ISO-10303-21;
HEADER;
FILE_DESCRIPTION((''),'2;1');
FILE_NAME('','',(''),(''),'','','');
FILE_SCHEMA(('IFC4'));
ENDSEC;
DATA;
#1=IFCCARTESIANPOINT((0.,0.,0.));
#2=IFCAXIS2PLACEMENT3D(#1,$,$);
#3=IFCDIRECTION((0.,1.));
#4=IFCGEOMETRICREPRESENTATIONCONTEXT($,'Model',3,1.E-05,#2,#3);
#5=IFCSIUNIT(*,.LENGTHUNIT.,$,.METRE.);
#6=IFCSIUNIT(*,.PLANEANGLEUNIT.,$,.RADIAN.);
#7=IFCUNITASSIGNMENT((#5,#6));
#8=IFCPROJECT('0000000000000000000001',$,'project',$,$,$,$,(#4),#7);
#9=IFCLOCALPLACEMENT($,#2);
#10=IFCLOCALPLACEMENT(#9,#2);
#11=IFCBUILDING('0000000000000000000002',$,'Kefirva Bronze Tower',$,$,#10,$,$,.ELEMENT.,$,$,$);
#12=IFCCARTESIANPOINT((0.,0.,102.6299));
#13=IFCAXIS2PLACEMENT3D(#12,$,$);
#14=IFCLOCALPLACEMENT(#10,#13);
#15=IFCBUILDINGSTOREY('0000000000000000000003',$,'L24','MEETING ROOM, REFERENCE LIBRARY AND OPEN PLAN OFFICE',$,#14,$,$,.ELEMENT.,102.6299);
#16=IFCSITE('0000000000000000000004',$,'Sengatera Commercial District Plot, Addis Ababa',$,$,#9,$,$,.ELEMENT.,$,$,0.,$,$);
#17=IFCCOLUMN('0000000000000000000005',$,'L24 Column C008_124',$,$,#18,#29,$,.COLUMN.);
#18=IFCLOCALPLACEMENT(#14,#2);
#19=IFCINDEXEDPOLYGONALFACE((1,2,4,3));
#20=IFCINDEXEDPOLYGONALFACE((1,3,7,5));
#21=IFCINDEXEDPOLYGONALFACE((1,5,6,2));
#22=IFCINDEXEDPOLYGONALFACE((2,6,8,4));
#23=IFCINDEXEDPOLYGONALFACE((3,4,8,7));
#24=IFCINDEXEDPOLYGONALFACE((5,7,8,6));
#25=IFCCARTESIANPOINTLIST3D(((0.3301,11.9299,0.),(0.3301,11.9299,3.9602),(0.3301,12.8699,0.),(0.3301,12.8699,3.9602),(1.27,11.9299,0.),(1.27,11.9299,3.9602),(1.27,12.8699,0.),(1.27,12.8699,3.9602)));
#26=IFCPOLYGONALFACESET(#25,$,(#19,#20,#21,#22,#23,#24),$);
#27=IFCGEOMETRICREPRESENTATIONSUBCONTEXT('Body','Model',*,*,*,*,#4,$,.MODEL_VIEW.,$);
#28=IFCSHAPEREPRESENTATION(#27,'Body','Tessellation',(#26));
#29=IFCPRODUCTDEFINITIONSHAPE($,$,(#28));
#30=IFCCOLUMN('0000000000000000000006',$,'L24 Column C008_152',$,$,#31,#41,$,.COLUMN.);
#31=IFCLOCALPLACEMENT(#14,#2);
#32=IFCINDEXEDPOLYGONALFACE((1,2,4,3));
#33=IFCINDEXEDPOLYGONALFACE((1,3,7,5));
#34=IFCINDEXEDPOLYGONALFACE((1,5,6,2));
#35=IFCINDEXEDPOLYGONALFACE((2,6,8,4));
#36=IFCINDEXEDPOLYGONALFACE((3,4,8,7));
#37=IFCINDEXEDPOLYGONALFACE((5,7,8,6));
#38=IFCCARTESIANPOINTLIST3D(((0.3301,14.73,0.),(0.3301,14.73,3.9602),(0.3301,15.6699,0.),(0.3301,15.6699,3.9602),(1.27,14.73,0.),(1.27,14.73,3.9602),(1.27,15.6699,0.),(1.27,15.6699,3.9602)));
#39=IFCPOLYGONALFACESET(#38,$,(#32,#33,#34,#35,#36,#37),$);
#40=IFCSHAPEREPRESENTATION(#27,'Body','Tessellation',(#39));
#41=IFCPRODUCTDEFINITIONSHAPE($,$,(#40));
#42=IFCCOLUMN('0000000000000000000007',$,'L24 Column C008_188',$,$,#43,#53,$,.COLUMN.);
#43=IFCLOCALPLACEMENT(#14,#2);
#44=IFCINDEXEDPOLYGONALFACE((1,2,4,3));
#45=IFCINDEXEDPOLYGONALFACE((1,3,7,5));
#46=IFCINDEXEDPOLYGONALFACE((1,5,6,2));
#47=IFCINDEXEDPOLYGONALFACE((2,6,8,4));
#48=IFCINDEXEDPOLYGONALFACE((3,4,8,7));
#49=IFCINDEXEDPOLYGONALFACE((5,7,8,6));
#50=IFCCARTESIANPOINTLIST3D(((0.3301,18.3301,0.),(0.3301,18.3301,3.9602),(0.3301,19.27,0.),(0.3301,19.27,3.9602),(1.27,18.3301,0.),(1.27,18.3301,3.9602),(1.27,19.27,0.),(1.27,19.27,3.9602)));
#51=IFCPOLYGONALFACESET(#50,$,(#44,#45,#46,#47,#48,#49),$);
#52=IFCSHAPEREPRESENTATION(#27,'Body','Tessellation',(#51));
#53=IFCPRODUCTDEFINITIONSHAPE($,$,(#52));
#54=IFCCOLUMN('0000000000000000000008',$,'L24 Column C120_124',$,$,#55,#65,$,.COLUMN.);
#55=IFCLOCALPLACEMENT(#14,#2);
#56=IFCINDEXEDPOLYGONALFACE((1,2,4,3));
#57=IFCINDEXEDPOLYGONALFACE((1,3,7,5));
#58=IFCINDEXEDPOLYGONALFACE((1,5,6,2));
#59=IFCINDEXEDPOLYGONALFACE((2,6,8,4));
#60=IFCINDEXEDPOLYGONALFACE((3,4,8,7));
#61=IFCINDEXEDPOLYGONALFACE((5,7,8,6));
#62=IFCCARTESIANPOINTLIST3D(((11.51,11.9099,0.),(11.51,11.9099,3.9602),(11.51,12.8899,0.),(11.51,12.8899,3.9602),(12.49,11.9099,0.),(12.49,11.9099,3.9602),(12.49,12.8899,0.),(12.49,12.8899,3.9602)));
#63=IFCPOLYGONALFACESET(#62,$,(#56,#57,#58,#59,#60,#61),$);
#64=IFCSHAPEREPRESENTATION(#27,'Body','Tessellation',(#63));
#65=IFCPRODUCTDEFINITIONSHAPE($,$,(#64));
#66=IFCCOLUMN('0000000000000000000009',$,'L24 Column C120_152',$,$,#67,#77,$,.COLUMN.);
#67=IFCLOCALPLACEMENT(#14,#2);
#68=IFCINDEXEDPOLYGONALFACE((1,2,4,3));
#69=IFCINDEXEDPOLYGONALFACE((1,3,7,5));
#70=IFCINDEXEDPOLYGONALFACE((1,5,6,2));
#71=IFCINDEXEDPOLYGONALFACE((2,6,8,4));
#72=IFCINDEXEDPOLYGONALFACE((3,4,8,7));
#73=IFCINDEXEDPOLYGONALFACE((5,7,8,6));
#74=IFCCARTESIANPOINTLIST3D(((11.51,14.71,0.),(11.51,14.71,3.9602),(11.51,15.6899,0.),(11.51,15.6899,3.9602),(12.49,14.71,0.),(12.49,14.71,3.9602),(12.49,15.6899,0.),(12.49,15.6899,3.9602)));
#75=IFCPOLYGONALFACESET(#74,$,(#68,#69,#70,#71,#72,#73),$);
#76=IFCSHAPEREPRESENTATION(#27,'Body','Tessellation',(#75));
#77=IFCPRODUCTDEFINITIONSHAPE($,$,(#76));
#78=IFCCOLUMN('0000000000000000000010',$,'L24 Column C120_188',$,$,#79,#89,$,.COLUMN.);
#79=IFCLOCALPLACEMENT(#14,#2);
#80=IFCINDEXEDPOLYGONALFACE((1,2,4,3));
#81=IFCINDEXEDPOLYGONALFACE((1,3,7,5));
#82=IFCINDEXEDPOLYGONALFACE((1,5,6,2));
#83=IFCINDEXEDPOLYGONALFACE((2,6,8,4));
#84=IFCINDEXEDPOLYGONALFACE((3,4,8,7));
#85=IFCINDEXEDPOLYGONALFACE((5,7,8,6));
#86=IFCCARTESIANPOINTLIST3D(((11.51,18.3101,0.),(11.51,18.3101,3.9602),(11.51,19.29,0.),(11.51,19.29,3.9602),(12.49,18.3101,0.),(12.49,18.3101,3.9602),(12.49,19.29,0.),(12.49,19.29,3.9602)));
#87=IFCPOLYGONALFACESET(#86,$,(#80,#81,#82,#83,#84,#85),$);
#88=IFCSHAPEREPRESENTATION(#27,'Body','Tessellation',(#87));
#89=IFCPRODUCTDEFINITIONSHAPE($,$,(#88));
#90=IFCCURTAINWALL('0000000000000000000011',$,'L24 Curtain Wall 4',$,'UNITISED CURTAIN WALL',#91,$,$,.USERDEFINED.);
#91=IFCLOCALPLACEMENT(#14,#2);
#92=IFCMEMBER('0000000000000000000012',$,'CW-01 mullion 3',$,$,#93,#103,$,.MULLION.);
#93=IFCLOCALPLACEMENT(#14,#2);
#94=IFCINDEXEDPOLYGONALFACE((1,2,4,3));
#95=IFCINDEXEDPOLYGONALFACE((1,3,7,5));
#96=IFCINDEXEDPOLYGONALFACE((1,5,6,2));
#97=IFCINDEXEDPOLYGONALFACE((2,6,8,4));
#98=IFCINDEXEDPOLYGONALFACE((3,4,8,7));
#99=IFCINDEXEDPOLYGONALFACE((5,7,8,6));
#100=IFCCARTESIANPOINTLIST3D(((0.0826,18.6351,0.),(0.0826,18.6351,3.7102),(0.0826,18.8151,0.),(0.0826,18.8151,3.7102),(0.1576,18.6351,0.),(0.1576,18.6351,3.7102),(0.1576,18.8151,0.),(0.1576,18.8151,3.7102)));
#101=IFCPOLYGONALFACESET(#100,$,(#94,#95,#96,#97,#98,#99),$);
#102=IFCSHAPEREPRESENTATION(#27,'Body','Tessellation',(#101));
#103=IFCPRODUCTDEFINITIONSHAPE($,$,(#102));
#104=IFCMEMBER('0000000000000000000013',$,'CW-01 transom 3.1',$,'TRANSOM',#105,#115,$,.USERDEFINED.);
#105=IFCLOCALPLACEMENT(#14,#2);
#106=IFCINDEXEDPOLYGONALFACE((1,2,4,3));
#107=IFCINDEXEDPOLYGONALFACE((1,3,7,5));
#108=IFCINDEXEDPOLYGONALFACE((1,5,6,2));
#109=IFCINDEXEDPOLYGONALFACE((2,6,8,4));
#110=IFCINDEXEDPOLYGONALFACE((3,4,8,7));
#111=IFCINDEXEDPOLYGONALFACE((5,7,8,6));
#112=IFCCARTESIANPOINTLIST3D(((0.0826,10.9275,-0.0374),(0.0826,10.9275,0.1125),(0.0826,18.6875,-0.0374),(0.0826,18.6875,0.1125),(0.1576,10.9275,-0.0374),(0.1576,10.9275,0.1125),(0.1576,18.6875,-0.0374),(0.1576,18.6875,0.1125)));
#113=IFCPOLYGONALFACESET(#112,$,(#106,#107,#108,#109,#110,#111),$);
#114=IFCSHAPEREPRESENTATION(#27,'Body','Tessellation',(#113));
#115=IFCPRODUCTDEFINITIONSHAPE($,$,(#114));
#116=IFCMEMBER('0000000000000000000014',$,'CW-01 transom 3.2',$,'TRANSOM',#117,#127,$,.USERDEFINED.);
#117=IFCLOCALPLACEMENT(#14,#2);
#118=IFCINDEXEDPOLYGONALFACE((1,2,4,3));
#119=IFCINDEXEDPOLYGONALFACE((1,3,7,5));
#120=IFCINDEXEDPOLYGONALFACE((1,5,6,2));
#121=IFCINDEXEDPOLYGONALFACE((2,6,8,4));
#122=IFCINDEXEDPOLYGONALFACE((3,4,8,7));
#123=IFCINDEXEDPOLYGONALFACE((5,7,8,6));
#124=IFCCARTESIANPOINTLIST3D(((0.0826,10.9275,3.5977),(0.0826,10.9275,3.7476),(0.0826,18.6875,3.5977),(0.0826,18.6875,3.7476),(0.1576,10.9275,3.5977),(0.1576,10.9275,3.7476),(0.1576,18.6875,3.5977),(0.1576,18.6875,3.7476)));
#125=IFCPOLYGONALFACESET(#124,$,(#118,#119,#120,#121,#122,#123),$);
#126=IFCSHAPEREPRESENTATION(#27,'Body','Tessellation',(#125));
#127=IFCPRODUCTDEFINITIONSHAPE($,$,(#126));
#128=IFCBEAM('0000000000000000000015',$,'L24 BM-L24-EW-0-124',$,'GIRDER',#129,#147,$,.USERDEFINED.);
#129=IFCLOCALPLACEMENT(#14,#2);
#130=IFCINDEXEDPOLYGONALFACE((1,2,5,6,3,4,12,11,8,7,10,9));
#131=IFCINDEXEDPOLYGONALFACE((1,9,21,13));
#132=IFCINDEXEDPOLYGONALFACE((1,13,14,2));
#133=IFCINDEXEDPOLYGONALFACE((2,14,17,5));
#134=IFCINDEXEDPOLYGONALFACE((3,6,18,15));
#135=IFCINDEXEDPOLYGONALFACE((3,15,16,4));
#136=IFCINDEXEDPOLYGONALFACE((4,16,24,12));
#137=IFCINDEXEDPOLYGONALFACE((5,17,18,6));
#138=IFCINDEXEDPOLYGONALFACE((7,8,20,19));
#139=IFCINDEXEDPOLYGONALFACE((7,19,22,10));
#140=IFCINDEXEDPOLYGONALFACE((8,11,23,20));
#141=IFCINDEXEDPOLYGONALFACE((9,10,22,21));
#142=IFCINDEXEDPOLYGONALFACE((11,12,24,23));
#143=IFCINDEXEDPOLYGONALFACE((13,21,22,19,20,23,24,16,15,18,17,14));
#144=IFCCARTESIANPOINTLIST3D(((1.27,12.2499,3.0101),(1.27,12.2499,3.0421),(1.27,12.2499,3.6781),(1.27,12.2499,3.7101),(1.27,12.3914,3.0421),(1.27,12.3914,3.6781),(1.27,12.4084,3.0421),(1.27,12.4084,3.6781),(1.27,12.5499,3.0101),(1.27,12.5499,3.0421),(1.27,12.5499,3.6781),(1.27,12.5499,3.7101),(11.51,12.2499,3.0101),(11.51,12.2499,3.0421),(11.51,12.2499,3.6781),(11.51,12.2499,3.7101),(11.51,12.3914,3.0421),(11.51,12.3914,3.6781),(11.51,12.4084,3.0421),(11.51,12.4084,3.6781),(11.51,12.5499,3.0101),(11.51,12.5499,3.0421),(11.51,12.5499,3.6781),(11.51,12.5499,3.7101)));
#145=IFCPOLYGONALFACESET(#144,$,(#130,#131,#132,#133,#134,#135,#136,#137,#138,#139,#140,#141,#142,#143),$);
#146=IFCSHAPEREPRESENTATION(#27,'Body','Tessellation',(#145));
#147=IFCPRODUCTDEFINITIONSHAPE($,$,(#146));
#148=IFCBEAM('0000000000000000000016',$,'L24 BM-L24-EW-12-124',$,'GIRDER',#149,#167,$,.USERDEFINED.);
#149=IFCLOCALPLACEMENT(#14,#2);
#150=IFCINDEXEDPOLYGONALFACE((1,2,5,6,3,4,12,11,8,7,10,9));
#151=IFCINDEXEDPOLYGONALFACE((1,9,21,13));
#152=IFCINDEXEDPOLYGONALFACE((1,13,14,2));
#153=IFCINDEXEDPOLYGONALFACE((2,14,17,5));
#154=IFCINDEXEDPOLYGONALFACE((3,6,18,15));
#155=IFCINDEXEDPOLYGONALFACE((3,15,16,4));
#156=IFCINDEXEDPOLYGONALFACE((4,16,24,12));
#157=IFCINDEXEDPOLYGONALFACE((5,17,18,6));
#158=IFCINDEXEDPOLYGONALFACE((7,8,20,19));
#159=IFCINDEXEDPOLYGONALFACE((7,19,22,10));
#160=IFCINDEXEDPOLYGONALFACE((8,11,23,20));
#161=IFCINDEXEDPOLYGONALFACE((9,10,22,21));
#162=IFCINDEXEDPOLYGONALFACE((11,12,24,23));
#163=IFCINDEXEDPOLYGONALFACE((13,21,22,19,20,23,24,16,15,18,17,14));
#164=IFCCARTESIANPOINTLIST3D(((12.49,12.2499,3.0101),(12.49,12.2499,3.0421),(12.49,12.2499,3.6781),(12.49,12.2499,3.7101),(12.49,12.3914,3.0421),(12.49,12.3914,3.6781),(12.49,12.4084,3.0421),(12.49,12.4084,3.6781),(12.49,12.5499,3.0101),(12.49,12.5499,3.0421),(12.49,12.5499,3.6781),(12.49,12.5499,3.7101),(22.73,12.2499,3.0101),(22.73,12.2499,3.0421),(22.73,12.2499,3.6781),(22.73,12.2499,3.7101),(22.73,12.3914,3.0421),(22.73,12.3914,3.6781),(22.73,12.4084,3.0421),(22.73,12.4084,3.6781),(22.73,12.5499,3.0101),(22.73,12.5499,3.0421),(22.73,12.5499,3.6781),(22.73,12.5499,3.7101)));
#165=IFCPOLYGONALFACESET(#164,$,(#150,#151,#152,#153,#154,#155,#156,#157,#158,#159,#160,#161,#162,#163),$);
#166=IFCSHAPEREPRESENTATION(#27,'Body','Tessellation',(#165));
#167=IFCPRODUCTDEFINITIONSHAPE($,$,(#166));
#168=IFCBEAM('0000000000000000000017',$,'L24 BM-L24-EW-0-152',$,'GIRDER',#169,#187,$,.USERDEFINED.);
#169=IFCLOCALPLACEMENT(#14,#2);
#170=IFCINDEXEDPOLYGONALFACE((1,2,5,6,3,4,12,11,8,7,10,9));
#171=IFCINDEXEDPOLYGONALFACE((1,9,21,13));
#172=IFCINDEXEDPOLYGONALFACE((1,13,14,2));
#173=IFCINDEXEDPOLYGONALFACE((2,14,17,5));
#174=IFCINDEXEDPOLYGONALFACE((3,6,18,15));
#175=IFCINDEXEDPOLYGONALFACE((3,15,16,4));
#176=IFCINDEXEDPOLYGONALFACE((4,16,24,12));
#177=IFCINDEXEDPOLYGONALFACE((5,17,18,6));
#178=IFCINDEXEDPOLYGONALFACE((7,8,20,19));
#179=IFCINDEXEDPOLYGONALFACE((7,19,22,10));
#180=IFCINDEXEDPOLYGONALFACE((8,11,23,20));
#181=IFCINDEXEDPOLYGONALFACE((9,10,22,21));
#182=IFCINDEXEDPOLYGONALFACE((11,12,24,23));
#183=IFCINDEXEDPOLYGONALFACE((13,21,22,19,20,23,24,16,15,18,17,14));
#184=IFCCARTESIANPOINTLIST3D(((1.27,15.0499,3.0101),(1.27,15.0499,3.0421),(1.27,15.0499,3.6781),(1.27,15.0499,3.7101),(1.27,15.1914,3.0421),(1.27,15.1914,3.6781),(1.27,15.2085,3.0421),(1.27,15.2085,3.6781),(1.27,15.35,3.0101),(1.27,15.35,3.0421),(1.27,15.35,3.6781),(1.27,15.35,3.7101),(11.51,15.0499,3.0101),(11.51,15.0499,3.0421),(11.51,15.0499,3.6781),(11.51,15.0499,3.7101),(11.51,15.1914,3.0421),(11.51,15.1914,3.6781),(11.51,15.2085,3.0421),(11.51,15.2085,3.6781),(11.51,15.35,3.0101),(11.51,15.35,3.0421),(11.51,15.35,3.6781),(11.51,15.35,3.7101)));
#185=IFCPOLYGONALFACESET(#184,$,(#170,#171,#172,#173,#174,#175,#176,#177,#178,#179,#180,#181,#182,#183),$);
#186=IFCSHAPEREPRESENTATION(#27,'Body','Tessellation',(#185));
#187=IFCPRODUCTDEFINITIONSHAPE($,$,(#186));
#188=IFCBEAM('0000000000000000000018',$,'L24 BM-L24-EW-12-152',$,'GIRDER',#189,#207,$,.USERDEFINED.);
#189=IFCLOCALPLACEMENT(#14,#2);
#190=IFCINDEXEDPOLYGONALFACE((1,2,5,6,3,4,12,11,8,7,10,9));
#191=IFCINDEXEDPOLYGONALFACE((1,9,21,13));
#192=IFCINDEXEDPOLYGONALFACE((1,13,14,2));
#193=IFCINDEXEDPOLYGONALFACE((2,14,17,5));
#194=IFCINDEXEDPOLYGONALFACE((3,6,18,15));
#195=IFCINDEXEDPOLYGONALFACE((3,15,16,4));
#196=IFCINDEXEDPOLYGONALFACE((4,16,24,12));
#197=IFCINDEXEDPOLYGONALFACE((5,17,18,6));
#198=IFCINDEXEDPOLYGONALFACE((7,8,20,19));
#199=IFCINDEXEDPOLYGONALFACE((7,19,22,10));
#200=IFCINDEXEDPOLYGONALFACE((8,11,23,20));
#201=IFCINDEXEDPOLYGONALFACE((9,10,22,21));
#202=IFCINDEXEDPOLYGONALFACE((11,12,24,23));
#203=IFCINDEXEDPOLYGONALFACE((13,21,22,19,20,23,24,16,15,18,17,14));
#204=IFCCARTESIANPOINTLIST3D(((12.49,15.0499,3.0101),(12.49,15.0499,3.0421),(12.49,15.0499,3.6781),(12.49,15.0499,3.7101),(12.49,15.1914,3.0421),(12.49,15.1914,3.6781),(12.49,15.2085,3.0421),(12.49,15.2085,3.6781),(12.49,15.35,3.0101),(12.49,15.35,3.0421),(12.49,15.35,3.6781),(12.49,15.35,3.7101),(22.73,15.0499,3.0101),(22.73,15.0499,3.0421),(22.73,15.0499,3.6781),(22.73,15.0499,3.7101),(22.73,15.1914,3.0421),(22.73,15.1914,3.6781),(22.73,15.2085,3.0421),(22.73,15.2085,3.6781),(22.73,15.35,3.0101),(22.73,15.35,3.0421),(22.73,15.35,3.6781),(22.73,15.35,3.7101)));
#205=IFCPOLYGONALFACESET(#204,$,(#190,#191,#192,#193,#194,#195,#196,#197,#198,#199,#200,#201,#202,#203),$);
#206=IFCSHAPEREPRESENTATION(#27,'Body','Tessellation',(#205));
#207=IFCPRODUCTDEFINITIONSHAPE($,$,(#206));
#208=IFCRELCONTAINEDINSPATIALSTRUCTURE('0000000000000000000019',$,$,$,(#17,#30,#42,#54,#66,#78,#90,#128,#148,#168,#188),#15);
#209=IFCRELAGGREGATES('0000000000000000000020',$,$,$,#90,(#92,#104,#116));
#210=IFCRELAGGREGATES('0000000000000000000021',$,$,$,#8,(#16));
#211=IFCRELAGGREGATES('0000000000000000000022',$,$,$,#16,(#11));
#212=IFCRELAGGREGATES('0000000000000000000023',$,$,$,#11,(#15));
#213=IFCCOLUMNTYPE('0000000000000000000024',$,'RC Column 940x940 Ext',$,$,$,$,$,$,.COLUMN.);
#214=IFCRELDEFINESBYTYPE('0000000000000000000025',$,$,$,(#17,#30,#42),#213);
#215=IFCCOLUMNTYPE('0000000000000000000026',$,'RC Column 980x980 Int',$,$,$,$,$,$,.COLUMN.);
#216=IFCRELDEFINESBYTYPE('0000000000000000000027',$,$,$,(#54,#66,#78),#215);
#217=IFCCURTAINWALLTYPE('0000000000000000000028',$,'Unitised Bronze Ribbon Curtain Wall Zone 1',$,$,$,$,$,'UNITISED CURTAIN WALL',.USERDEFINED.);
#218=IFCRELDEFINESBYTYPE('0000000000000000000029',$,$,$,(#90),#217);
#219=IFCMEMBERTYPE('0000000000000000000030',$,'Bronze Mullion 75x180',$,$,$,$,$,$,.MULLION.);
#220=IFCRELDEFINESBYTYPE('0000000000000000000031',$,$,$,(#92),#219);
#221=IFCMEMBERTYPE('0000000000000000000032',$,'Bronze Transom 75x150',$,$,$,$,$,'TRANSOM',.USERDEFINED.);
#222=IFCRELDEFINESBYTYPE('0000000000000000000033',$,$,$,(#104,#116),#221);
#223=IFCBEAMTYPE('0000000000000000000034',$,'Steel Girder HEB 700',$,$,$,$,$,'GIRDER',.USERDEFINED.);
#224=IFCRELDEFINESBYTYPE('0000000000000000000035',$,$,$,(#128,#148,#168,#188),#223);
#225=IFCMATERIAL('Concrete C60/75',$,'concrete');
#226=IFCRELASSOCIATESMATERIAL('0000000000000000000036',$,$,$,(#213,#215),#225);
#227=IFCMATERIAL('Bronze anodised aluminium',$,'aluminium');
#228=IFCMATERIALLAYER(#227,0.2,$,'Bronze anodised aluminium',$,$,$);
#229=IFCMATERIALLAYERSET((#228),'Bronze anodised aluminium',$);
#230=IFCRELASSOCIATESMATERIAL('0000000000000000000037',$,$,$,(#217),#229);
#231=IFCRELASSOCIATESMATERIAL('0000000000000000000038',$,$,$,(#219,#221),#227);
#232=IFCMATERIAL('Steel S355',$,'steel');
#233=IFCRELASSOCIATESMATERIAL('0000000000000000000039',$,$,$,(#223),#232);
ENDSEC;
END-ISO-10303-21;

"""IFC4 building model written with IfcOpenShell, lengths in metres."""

from ifc_helpers import new_model, si_unit, direction, frame, origin, origin_2d, place, context, subcontext, project, spatial, rectangle, i_section, extrude, material, layer, layer_set, material_profile, profile_set, type_object, element, aggregate, save


model = new_model("IFC4")

# Units and contexts
model_context = context("Model", 3, precision=1e-05, world=origin(), true_north=direction((0.0, 1.0)))
body_context = subcontext(model_context, "Body", "Model", "MODEL_VIEW")
ifc_project = project(units=[si_unit("LENGTHUNIT", "METRE"), si_unit("PLANEANGLEUNIT", "RADIAN")], contexts=[model_context])

# Site, building, storey
site_placement = place(None, origin())
site = spatial("IfcSite", under=ifc_project, at=site_placement, Name="Sengatera Commercial District Plot, Addis Ababa", CompositionType="ELEMENT", RefElevation=0.0)
building_placement = place(site_placement, origin())
building = spatial("IfcBuilding", under=site, at=building_placement, Name="Kefirva Bronze Tower", CompositionType="ELEMENT")
storey_placement = place(building_placement, frame((0.0, 0.0, 102.6299)))
storey = spatial("IfcBuildingStorey", under=building, at=storey_placement, Name="L24", Description="MEETING ROOM, REFERENCE LIBRARY AND OPEN PLAN OFFICE", CompositionType="ELEMENT", Elevation=102.6299)

# Columns
ifc_material_1 = material(Name="Concrete C60/75", Category="concrete")
ifc_material_profile_1 = material_profile(ifc_material_1, rectangle(XDim=0.9399, YDim=0.9399, at=origin_2d()), Name="RC 940x940")
ifc_profile_set_1 = profile_set([ifc_material_profile_1], Name="Concrete C60/75")
column_type_1 = type_object("IfcColumnType", Name="RC Column 940x940 Ext", PredefinedType="COLUMN", material=ifc_profile_set_1)
for number, where, z_axis, x_axis, name in (
    (1, (0.8, 12.3999, 0.0), (0.0, 0.0, 1.0), (1.0, 0.0, 0.0), "L24 Column C008_124"),
    (2, (0.8, 15.2, 0.0), (0.0, 0.0, 1.0), (1.0, 0.0, 0.0), "L24 Column C008_152"),
    (3, (0.8, 18.8, 0.0), (0.0, 0.0, 1.0), (1.0, 0.0, 0.0), "L24 Column C008_188"),
):
    element("IfcColumn", number, at=place(storey_placement, frame(where, z_axis=z_axis, x_axis=x_axis)), inside=storey, type_object=column_type_1, Name=name, PredefinedType="COLUMN", context=body_context, shape_type="SweptSolid", body=[
        extrude(rectangle(XDim=0.9399, YDim=0.9399, at=origin_2d()), origin(), (0.0, 0.0, 1.0), 3.9602),
    ])
ifc_material_profile_2 = material_profile(ifc_material_1, rectangle(XDim=0.98, YDim=0.98, at=origin_2d()), Name="RC 980x980")
ifc_profile_set_2 = profile_set([ifc_material_profile_2], Name="Concrete C60/75")
column_type_2 = type_object("IfcColumnType", Name="RC Column 980x980 Int", PredefinedType="COLUMN", material=ifc_profile_set_2)
for number, where, z_axis, x_axis, name in (
    (4, (12.0, 12.3999, 0.0), (0.0, 0.0, 1.0), (1.0, 0.0, 0.0), "L24 Column C120_124"),
    (5, (12.0, 15.2, 0.0), (0.0, 0.0, 1.0), (1.0, 0.0, 0.0), "L24 Column C120_152"),
    (6, (12.0, 18.8, 0.0), (0.0, 0.0, 1.0), (1.0, 0.0, 0.0), "L24 Column C120_188"),
):
    element("IfcColumn", number, at=place(storey_placement, frame(where, z_axis=z_axis, x_axis=x_axis)), inside=storey, type_object=column_type_2, Name=name, PredefinedType="COLUMN", context=body_context, shape_type="SweptSolid", body=[
        extrude(rectangle(XDim=0.98, YDim=0.98, at=origin_2d()), origin(), (0.0, 0.0, 1.0), 3.9602),
    ])

# Curtain wall, members
ifc_material_2 = material(Name="Bronze anodised aluminium", Category="aluminium")
ifc_layer_1 = layer(ifc_material_2, 0.2, Name="Bronze anodised aluminium")
ifc_layer_set_1 = layer_set([ifc_layer_1], Name="Bronze anodised aluminium")
curtain_wall_type = type_object("IfcCurtainWallType", Name="Unitised Bronze Ribbon Curtain Wall Zone 1", ElementType="UNITISED CURTAIN WALL", PredefinedType="USERDEFINED", material=ifc_layer_set_1)
curtain_wall_placement = place(storey_placement, origin())
curtain_wall = element("IfcCurtainWall", 7, at=curtain_wall_placement, inside=storey, type_object=curtain_wall_type, Name="L24 Curtain Wall 4", ObjectType="UNITISED CURTAIN WALL", PredefinedType="USERDEFINED")
ifc_material_profile_3 = material_profile(ifc_material_2, rectangle(XDim=0.075, YDim=0.1799, at=origin_2d()), Name="ALU 75x180")
ifc_profile_set_3 = profile_set([ifc_material_profile_3], Name="Bronze anodised aluminium")
member_type_1 = type_object("IfcMemberType", Name="Bronze Mullion 75x180", PredefinedType="MULLION", material=ifc_profile_set_3)
member_1_placement = place(storey_placement, frame((0.1201, 18.7251, 0.0), z_axis=(0.0, 0.0, 1.0), x_axis=(1.0, 0.0, 0.0)))
member_1 = element("IfcMember", 8, at=member_1_placement, type_object=member_type_1, Name="CW-01 mullion 3", PredefinedType="MULLION", context=body_context, shape_type="SweptSolid", body=[
    extrude(rectangle(XDim=0.075, YDim=0.1799, at=origin_2d()), origin(), (0.0, 0.0, 1.0), 3.7102),
])
ifc_material_profile_4 = material_profile(ifc_material_2, rectangle(XDim=0.075, YDim=0.1499, at=origin_2d()), Name="ALU 75x150")
ifc_profile_set_4 = profile_set([ifc_material_profile_4], Name="Bronze anodised aluminium")
member_type_2 = type_object("IfcMemberType", Name="Bronze Transom 75x150", ElementType="TRANSOM", PredefinedType="USERDEFINED", material=ifc_profile_set_4)
member_2_placement = place(storey_placement, frame((0.1201, 18.6875, 0.0376), z_axis=(0.0, -1.0, 0.0), x_axis=(1.0, 0.0, 0.0)))
member_2 = element("IfcMember", 9, at=member_2_placement, type_object=member_type_2, Name="CW-01 transom 3.1", ObjectType="TRANSOM", PredefinedType="USERDEFINED", context=body_context, shape_type="SweptSolid", body=[
    extrude(rectangle(XDim=0.075, YDim=0.1499, at=origin_2d()), origin(), (0.0, 0.0, 1.0), 7.76),
])
member_3_placement = place(storey_placement, frame((0.1201, 18.6875, 3.6726), z_axis=(0.0, -1.0, 0.0), x_axis=(1.0, 0.0, 0.0)))
member_3 = element("IfcMember", 10, at=member_3_placement, type_object=member_type_2, Name="CW-01 transom 3.2", ObjectType="TRANSOM", PredefinedType="USERDEFINED", context=body_context, shape_type="SweptSolid", body=[
    extrude(rectangle(XDim=0.075, YDim=0.1499, at=origin_2d()), origin(), (0.0, 0.0, 1.0), 7.76),
])

# Beams
ifc_material_3 = material(Name="Steel S355", Category="steel")
ifc_material_profile_5 = material_profile(ifc_material_3, i_section(OverallWidth=0.3, OverallDepth=0.7, WebThickness=0.0171, FlangeThickness=0.032, at=origin_2d()), Name="HEB 700")
ifc_profile_set_5 = profile_set([ifc_material_profile_5], Name="Steel S355")
beam_type_1 = type_object("IfcBeamType", Name="Steel Girder HEB 700", ElementType="GIRDER", PredefinedType="USERDEFINED", material=ifc_profile_set_5)
for number, where, z_axis, x_axis, name in (
    (11, (1.27, 12.3999, 3.3601), (1.0, 0.0, 0.0), (0.0, 1.0, 0.0), "L24 BM-L24-EW-0-124"),
    (12, (12.49, 12.3999, 3.3601), (1.0, 0.0, 0.0), (0.0, 1.0, 0.0), "L24 BM-L24-EW-12-124"),
    (13, (1.27, 15.2, 3.3601), (1.0, 0.0, 0.0), (0.0, 1.0, 0.0), "L24 BM-L24-EW-0-152"),
    (14, (12.49, 15.2, 3.3601), (1.0, 0.0, 0.0), (0.0, 1.0, 0.0), "L24 BM-L24-EW-12-152"),
):
    element("IfcBeam", number, at=place(storey_placement, frame(where, z_axis=z_axis, x_axis=x_axis)), inside=storey, type_object=beam_type_1, Name=name, ObjectType="GIRDER", PredefinedType="USERDEFINED", context=body_context, shape_type="SweptSolid", body=[
        extrude(i_section(OverallWidth=0.3, OverallDepth=0.7, WebThickness=0.0171, FlangeThickness=0.032, at=origin_2d()), origin(), (0.0, 0.0, 1.0), 10.24),
    ])

aggregate(curtain_wall, [member_1, member_2, member_3])

save(model, "model.ifc")
